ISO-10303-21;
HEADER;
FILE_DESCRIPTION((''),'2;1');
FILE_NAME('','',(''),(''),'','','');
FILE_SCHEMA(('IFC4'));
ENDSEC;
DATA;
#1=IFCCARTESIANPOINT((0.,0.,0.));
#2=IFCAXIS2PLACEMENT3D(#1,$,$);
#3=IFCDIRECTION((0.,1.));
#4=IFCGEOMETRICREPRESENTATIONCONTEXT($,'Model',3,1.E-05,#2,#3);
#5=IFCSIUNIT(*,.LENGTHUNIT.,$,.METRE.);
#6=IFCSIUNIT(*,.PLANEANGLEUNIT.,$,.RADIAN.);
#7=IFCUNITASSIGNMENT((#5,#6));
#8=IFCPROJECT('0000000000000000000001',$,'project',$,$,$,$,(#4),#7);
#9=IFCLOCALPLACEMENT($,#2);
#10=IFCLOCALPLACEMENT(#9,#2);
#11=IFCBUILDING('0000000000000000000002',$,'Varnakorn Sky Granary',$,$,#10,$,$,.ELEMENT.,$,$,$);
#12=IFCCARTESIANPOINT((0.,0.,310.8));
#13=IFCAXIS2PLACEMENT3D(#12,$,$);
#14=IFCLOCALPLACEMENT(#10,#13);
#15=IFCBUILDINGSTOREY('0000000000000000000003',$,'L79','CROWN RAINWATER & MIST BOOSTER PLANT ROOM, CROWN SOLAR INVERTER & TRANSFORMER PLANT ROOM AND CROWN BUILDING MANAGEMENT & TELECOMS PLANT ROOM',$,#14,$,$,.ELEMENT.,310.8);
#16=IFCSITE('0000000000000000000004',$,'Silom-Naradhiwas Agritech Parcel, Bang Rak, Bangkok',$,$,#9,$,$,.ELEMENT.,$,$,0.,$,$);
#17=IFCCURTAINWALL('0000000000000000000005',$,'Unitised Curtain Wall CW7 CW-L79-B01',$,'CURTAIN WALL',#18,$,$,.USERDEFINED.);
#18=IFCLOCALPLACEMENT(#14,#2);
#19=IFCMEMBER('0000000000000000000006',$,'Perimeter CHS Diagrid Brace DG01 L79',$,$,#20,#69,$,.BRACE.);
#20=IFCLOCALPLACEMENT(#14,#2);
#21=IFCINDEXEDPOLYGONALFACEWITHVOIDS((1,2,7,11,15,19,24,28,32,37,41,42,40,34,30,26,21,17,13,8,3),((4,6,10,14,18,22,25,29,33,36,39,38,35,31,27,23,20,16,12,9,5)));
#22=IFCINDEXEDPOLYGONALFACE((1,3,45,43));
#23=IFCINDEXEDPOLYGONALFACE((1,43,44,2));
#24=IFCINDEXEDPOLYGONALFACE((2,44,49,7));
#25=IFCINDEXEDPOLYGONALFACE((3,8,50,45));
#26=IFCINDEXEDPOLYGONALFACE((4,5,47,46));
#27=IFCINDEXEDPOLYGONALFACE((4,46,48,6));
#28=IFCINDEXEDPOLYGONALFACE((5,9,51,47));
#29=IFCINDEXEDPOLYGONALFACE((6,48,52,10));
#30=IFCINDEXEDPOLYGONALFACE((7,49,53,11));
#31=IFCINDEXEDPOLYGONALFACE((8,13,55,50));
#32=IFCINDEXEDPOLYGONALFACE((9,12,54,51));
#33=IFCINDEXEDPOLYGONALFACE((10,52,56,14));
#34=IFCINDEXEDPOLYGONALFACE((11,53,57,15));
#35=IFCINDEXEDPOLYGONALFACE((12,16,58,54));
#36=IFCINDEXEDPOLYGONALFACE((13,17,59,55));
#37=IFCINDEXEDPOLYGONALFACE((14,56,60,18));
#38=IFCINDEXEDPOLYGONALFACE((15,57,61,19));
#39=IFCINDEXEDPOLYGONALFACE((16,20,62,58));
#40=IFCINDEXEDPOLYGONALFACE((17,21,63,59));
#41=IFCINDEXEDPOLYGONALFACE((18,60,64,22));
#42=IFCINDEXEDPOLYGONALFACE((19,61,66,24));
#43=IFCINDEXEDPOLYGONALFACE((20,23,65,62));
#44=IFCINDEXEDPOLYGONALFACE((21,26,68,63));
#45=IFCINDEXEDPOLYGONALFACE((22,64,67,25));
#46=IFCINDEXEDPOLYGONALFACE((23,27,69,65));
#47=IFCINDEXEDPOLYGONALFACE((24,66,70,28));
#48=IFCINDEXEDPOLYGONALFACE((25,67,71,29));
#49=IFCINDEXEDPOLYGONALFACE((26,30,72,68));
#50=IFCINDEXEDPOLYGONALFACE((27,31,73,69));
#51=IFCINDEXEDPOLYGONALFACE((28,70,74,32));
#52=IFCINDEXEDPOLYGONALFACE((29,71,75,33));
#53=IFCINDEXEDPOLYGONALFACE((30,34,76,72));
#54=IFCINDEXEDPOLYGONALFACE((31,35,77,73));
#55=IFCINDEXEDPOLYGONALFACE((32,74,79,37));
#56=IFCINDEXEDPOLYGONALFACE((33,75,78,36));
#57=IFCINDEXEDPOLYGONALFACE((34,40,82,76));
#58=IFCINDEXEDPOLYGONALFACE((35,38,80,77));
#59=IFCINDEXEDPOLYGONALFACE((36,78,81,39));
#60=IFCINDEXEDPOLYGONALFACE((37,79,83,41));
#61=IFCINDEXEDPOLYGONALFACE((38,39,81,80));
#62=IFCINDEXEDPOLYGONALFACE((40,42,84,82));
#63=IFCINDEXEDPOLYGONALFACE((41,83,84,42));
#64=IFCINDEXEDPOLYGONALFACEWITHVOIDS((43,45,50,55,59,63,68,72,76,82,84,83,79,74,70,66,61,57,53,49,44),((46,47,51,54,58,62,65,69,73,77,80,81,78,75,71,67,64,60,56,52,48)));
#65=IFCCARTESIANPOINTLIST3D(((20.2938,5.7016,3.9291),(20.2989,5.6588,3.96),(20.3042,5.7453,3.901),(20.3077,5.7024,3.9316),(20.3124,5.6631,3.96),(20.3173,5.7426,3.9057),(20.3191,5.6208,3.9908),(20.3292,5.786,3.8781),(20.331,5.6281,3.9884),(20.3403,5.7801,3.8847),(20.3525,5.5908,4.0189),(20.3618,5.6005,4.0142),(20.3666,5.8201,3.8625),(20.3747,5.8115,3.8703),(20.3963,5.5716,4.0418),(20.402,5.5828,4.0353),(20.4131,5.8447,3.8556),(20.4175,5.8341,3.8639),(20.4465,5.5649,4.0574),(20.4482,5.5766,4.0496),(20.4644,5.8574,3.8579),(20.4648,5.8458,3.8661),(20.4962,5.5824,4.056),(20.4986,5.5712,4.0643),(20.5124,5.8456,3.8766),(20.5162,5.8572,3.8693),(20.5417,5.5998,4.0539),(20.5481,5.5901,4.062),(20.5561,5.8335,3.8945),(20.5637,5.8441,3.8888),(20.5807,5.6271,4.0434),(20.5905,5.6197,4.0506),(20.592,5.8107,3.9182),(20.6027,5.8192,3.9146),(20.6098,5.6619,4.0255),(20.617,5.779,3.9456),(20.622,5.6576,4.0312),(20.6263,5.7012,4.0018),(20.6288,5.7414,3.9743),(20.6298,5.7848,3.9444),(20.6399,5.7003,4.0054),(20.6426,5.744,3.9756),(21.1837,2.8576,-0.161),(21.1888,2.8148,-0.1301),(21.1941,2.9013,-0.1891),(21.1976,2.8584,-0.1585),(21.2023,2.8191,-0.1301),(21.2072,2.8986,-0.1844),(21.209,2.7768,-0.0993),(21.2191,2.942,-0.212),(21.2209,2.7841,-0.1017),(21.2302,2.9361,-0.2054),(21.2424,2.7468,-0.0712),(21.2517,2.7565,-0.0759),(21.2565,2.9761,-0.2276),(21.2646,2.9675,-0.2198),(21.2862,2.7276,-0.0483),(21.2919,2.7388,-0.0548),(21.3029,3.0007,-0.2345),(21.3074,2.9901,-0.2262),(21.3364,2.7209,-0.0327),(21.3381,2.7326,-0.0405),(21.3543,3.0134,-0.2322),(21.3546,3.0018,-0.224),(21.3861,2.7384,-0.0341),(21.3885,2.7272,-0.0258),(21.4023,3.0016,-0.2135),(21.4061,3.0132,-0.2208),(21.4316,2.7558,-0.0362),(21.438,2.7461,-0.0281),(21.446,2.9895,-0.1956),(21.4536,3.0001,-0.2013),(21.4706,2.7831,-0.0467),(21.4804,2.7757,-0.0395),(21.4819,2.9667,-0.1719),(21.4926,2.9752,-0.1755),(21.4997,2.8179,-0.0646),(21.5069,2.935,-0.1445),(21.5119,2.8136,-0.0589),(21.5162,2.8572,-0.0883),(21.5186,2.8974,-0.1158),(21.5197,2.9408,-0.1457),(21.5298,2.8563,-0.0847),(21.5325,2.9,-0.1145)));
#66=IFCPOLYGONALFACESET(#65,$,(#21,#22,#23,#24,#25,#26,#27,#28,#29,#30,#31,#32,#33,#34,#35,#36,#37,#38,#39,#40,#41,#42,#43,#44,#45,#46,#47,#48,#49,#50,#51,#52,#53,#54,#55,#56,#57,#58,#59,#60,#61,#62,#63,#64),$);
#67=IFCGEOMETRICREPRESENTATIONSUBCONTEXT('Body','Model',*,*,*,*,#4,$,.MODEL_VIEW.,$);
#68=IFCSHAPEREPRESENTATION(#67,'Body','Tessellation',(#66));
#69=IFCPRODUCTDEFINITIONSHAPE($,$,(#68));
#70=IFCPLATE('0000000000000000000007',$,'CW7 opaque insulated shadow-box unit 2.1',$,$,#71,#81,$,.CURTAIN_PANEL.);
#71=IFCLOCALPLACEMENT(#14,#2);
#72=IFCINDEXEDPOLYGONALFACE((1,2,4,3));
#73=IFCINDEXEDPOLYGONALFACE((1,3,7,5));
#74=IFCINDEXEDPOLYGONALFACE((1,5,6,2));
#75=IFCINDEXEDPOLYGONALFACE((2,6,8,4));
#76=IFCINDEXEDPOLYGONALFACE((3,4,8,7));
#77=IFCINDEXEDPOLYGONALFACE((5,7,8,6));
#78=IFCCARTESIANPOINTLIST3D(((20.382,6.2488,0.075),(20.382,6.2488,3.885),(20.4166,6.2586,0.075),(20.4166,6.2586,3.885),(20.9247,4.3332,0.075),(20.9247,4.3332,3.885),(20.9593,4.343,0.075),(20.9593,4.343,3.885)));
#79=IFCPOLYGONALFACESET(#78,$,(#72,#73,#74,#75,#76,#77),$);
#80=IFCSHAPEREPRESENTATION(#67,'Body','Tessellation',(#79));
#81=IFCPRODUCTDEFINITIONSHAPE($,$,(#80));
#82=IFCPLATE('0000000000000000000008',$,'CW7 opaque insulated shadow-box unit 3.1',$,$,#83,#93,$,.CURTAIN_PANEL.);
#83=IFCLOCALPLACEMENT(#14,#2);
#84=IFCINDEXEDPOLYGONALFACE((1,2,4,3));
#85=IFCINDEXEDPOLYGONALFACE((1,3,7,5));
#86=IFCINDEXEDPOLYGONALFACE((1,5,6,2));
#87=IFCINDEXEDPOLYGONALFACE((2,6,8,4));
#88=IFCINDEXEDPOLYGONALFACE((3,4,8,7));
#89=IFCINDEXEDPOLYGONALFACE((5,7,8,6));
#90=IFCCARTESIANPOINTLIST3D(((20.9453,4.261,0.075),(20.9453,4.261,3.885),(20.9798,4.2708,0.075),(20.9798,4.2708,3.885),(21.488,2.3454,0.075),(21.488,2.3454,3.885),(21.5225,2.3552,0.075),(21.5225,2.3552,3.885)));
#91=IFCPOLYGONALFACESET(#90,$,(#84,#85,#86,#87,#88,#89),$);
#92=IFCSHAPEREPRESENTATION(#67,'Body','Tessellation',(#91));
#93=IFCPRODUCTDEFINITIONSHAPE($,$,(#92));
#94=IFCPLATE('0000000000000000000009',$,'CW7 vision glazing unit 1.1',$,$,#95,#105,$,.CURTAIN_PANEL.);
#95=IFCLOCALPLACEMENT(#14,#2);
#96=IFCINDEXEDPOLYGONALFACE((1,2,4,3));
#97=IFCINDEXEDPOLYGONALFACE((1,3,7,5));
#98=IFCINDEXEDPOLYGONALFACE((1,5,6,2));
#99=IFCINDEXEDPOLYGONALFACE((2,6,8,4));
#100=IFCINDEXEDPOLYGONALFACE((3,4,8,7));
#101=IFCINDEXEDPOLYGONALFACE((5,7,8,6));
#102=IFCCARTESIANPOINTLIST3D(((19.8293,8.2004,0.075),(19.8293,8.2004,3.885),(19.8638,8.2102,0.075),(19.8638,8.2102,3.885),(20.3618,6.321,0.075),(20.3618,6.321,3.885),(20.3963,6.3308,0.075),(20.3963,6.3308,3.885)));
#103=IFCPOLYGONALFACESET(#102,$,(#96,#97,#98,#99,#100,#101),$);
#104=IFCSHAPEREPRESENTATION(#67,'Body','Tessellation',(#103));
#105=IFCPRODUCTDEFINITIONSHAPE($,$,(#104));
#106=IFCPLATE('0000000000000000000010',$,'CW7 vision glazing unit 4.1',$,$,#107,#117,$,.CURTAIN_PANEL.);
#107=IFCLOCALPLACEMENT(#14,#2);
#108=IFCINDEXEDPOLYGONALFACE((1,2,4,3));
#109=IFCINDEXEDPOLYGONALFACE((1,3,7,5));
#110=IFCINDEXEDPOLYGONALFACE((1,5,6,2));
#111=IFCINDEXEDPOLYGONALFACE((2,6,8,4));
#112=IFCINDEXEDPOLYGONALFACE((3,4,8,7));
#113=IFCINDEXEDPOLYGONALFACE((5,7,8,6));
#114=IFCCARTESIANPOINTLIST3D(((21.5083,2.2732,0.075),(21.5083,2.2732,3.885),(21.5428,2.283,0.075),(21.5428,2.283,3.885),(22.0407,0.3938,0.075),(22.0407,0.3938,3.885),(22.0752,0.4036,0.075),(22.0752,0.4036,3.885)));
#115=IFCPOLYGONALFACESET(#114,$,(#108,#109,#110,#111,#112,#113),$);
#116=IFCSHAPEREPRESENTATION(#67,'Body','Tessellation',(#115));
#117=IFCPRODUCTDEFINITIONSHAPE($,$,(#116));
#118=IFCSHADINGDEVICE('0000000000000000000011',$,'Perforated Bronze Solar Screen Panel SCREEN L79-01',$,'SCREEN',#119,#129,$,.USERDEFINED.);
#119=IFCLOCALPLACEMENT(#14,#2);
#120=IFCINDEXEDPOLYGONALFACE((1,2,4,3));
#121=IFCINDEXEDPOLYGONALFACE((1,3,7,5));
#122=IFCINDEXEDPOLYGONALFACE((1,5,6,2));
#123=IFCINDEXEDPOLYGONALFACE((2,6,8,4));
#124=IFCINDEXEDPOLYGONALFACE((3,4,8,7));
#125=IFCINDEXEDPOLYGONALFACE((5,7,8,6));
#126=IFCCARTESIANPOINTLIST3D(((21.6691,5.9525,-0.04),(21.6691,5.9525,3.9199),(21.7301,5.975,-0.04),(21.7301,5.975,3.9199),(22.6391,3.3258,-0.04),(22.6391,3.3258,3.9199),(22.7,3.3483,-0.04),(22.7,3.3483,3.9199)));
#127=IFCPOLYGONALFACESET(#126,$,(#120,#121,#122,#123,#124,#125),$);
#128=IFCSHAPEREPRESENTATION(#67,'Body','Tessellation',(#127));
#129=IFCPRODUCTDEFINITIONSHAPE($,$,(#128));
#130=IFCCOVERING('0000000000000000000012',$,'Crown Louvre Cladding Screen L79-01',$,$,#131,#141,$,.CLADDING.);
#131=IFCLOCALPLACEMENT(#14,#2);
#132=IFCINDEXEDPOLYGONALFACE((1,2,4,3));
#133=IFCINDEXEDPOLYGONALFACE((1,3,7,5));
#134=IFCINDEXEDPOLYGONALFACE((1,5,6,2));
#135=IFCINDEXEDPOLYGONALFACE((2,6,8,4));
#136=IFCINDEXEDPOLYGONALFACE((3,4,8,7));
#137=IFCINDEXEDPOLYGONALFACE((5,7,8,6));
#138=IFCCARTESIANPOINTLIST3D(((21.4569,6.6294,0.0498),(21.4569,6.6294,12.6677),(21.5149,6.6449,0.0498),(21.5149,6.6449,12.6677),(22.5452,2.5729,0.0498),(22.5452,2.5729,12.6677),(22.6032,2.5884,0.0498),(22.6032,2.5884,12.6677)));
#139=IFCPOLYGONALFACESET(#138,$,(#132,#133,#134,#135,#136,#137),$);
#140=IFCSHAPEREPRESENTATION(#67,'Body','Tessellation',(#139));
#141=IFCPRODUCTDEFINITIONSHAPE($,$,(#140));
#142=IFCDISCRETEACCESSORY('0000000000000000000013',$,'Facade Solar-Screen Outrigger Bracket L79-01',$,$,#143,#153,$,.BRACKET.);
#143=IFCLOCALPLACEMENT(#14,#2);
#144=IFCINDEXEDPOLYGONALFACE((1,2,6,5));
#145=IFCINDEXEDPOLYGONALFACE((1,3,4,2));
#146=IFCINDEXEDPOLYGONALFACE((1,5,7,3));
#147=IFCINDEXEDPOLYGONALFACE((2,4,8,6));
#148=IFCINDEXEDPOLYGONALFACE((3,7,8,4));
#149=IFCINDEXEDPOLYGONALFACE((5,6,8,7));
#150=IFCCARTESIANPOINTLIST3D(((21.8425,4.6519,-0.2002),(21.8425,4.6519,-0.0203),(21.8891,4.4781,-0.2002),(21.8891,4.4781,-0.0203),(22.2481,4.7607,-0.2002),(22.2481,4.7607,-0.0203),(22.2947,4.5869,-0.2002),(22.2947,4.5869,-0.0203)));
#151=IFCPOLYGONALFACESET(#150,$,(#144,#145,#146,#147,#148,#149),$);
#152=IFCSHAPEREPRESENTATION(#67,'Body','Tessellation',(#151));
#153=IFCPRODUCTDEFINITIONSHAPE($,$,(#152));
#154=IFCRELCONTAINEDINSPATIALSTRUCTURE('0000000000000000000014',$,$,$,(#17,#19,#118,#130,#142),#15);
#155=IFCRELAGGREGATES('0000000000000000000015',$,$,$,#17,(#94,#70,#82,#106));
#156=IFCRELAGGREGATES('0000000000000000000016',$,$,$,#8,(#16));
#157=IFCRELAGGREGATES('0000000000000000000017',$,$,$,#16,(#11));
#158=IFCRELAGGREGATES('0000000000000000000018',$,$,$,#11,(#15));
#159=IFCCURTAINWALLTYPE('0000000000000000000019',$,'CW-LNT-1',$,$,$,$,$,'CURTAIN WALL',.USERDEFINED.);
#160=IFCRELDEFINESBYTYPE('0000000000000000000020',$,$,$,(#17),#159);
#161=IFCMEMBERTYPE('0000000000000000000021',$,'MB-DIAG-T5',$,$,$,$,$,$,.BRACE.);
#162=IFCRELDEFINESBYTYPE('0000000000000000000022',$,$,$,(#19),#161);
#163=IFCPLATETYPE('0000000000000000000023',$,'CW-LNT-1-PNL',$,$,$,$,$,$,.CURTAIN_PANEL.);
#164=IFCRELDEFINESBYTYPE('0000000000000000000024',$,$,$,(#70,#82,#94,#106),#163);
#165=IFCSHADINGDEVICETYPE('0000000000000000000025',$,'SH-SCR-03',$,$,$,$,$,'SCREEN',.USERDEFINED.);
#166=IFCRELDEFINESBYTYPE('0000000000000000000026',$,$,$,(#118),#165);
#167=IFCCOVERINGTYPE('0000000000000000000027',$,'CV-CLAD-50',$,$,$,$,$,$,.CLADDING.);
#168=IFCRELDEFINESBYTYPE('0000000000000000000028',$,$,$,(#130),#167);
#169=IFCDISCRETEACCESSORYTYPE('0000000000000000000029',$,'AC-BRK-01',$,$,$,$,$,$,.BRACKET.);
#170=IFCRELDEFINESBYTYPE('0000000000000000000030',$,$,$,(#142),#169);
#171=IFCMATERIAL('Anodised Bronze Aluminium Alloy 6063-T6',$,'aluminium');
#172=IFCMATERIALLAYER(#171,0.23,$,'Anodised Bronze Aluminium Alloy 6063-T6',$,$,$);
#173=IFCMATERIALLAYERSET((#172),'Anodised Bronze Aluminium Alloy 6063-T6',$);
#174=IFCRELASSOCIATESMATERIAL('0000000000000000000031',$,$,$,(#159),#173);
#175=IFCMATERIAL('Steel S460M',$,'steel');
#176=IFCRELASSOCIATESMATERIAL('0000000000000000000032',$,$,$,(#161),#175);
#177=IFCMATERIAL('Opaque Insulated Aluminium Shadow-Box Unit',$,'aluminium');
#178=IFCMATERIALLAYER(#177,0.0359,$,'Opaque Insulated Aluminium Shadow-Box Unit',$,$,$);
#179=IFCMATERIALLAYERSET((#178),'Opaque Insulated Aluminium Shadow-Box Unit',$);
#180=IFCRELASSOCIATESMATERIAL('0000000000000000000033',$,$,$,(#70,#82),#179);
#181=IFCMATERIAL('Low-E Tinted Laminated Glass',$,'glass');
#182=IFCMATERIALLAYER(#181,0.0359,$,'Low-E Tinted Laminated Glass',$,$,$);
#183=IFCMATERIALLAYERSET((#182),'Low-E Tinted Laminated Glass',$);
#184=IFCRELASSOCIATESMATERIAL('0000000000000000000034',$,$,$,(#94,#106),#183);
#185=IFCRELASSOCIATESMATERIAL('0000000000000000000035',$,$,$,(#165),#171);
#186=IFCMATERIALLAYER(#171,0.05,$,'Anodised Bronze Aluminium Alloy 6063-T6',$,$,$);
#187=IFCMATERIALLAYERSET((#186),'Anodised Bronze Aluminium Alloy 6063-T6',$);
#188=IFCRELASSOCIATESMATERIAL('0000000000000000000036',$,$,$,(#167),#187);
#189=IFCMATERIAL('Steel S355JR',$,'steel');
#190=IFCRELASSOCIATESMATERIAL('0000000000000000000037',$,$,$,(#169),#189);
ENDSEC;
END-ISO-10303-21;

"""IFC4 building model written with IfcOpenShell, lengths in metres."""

from ifc_helpers import new_model, si_unit, direction, frame, origin, origin_2d, place, context, subcontext, project, spatial, rectangle, hollow_circle, extrude, source, transform, mapped, material, layer, layer_set, material_profile, profile_set, type_object, type_shapes, element, aggregate, save


model = new_model("IFC4")

# Units and contexts
model_context = context("Model", 3, precision=1e-05, world=origin(), true_north=direction((0.0, 1.0)))
body_context = subcontext(model_context, "Body", "Model", "MODEL_VIEW")
ifc_project = project(units=[si_unit("LENGTHUNIT", "METRE"), si_unit("PLANEANGLEUNIT", "RADIAN")], contexts=[model_context])

# Site, building, storey
site_placement = place(None, origin())
site = spatial("IfcSite", under=ifc_project, at=site_placement, Name="Silom-Naradhiwas Agritech Parcel, Bang Rak, Bangkok", CompositionType="ELEMENT", RefElevation=0.0)
building_placement = place(site_placement, origin())
building = spatial("IfcBuilding", under=site, at=building_placement, Name="Varnakorn Sky Granary", CompositionType="ELEMENT")
storey_placement = place(building_placement, frame((0.0, 0.0, 310.8)))
storey = spatial("IfcBuildingStorey", under=building, at=storey_placement, Name="L79", Description="CROWN RAINWATER & MIST BOOSTER PLANT ROOM, CROWN SOLAR INVERTER & TRANSFORMER PLANT ROOM AND CROWN BUILDING MANAGEMENT & TELECOMS PLANT ROOM", CompositionType="ELEMENT", Elevation=310.8)

# Shared definitions
ifc_material_1 = material(Name="Steel S460M", Category="steel")

# Shared definitions
ifc_material_2 = material(Name="Steel S355JR", Category="steel")

# Curtain wall
ifc_material_3 = material(Name="Anodised Bronze Aluminium Alloy 6063-T6", Category="aluminium")
ifc_layer_1 = layer(ifc_material_3, 0.23, Name="Anodised Bronze Aluminium Alloy 6063-T6")
ifc_layer_set_1 = layer_set([ifc_layer_1], Name="Anodised Bronze Aluminium Alloy 6063-T6")
curtain_wall_type = type_object("IfcCurtainWallType", Name="CW-LNT-1", ElementType="CURTAIN WALL", PredefinedType="USERDEFINED", material=ifc_layer_set_1)
curtain_wall_1_placement = place(storey_placement, origin())
curtain_wall_1 = element("IfcCurtainWall", 1, at=curtain_wall_1_placement, inside=storey, type_object=curtain_wall_type, Name="Unitised Curtain Wall CW7 CW-L79-B01", ObjectType="CURTAIN WALL", PredefinedType="USERDEFINED")

# Member
ifc_material_profile_1 = material_profile(ifc_material_1, hollow_circle(Radius=0.1777, WallThickness=0.0142, at=origin_2d()), Name="CHS 355.6x14")
ifc_profile_set_1 = profile_set([ifc_material_profile_1], Name="Steel S460M")
member_type_1 = type_object("IfcMemberType", Name="MB-DIAG-T5", PredefinedType="BRACE", material=ifc_profile_set_1)
member_1_placement = place(storey_placement, frame((21.3584, 2.8679, -0.1301), z_axis=(-0.175849, 0.561995, 0.808232), x_axis=(-0.954371, -0.298625, 0.0)))
element("IfcMember", 2, at=member_1_placement, inside=storey, type_object=member_type_1, Name="Perimeter CHS Diagrid Brace DG01 L79", PredefinedType="BRACE", context=body_context, shape_type="SweptSolid", body=[
    extrude(hollow_circle(Radius=0.1777, WallThickness=0.0142, at=origin_2d()), origin(), (0.0, 0.0, 1.0), 5.0605),
])

# Plates
ifc_material_4 = material(Name="Opaque Insulated Aluminium Shadow-Box Unit", Category="aluminium")
ifc_layer_2 = layer(ifc_material_4, 0.0359, Name="Opaque Insulated Aluminium Shadow-Box Unit")
ifc_layer_set_2 = layer_set([ifc_layer_2], Name="Opaque Insulated Aluminium Shadow-Box Unit")
plate_type = type_object("IfcPlateType", Name="CW-LNT-1-PNL", PredefinedType="CURTAIN_PANEL")
shared_shape_1 = source(origin(), body_context, "Body", "SweptSolid", [
    extrude(rectangle(XDim=1.991, YDim=0.0359, at=origin_2d()), origin(), (0.0, 0.0, 1.0), 3.8101),
])
plate_1_placement = place(storey_placement, frame((20.6707, 5.2959, 0.075), z_axis=(0.0, 0.0, 1.0), x_axis=(0.272577, -0.962134, 0.0)))
plate_1 = element("IfcPlate", 3, at=plate_1_placement, type_object=plate_type, material=ifc_layer_set_2, Name="CW7 opaque insulated shadow-box unit 2.1", PredefinedType="CURTAIN_PANEL", context=body_context, shape_type="MappedRepresentation", body=[
    mapped(shared_shape_1, transform((0.0, 0.0, 0.0), x_axis=(1.0, 0.0, 0.0), y_axis=(0.0, 1.0, 0.0), z_axis=(0.0, 0.0, 1.0), scale=1.0)),
])
plate_2_placement = place(storey_placement, frame((21.2339, 3.3081, 0.075), z_axis=(0.0, 0.0, 1.0), x_axis=(0.272577, -0.962134, 0.0)))
plate_2 = element("IfcPlate", 4, at=plate_2_placement, type_object=plate_type, material=ifc_layer_set_2, Name="CW7 opaque insulated shadow-box unit 3.1", PredefinedType="CURTAIN_PANEL", context=body_context, shape_type="MappedRepresentation", body=[
    mapped(shared_shape_1, transform((0.0, 0.0, 0.0), x_axis=(1.0, 0.0, 0.0), y_axis=(0.0, 1.0, 0.0), z_axis=(0.0, 0.0, 1.0), scale=1.0)),
])
ifc_material_5 = material(Name="Low-E Tinted Laminated Glass", Category="glass")
ifc_layer_3 = layer(ifc_material_5, 0.0359, Name="Low-E Tinted Laminated Glass")
ifc_layer_set_3 = layer_set([ifc_layer_3], Name="Low-E Tinted Laminated Glass")
shared_shape_2 = source(origin(), body_context, "Body", "SweptSolid", [
    extrude(rectangle(XDim=1.9534, YDim=0.0359, at=origin_2d()), origin(), (0.0, 0.0, 1.0), 3.8101),
])
type_shapes(plate_type, [shared_shape_1, shared_shape_2])
plate_3_placement = place(storey_placement, frame((20.1128, 7.2656, 0.075), z_axis=(0.0, 0.0, 1.0), x_axis=(0.272577, -0.962134, 0.0)))
plate_3 = element("IfcPlate", 5, at=plate_3_placement, type_object=plate_type, material=ifc_layer_set_3, Name="CW7 vision glazing unit 1.1", PredefinedType="CURTAIN_PANEL", context=body_context, shape_type="MappedRepresentation", body=[
    mapped(shared_shape_2, transform((0.0, 0.0, 0.0), x_axis=(1.0, 0.0, 0.0), y_axis=(0.0, 1.0, 0.0), z_axis=(0.0, 0.0, 1.0), scale=1.0)),
])
plate_4_placement = place(storey_placement, frame((21.7917, 1.3384, 0.075), z_axis=(0.0, 0.0, 1.0), x_axis=(0.272577, -0.962134, 0.0)))
plate_4 = element("IfcPlate", 6, at=plate_4_placement, type_object=plate_type, material=ifc_layer_set_3, Name="CW7 vision glazing unit 4.1", PredefinedType="CURTAIN_PANEL", context=body_context, shape_type="MappedRepresentation", body=[
    mapped(shared_shape_2, transform((0.0, 0.0, 0.0), x_axis=(1.0, 0.0, 0.0), y_axis=(0.0, 1.0, 0.0), z_axis=(0.0, 0.0, 1.0), scale=1.0)),
])
aggregate(curtain_wall_1, [plate_3, plate_1, plate_2, plate_4])

# Shading device
shading_device_type = type_object("IfcShadingDeviceType", Name="SH-SCR-03", ElementType="SCREEN", PredefinedType="USERDEFINED", material=ifc_material_3)
shared_shape_3 = source(origin(), body_context, "Body", "SweptSolid", [
    extrude(rectangle(XDim=2.8, YDim=0.0649, at=origin_2d()), origin(), (0.0, 0.0, 1.0), 3.96),
])
type_shapes(shading_device_type, [shared_shape_3])
shading_device_placement = place(storey_placement, frame((22.1846, 4.6504, -0.04), z_axis=(0.0, 0.0, 1.0), x_axis=(-0.346406, 0.938085, 0.0)))
element("IfcShadingDevice", 7, at=shading_device_placement, inside=storey, type_object=shading_device_type, Name="Perforated Bronze Solar Screen Panel SCREEN L79-01", ObjectType="SCREEN", PredefinedType="USERDEFINED", context=body_context, shape_type="MappedRepresentation", body=[
    mapped(shared_shape_3, transform((0.0, 0.0, 0.0), x_axis=(1.0, 0.0, 0.0), y_axis=(0.0, 1.0, 0.0), z_axis=(0.0, 0.0, 1.0), scale=1.0)),
])

# Covering
ifc_layer_4 = layer(ifc_material_3, 0.05, Name="Anodised Bronze Aluminium Alloy 6063-T6")
ifc_layer_set_4 = layer_set([ifc_layer_4], Name="Anodised Bronze Aluminium Alloy 6063-T6")
covering_type = type_object("IfcCoveringType", Name="CV-CLAD-50", PredefinedType="CLADDING", material=ifc_layer_set_4)
shared_shape_4 = source(origin(), body_context, "Body", "SweptSolid", [
    extrude(rectangle(XDim=4.2, YDim=0.0601, at=origin_2d()), origin(), (0.0, 0.0, 1.0), 12.6179),
])
type_shapes(covering_type, [shared_shape_4])
covering_placement = place(storey_placement, frame((22.03, 4.6089, 0.0498), z_axis=(0.0, 0.0, 1.0), x_axis=(-0.259116, 0.965846, 0.0)))
element("IfcCovering", 8, at=covering_placement, inside=storey, type_object=covering_type, Name="Crown Louvre Cladding Screen L79-01", PredefinedType="CLADDING", context=body_context, shape_type="MappedRepresentation", body=[
    mapped(shared_shape_4, transform((0.0, 0.0, 0.0), x_axis=(1.0, 0.0, 0.0), y_axis=(0.0, 1.0, 0.0), z_axis=(0.0, 0.0, 1.0), scale=1.0)),
])

# Discrete accessory
discrete_accessory_type = type_object("IfcDiscreteAccessoryType", Name="AC-BRK-01", PredefinedType="BRACKET", material=ifc_material_2)
shared_shape_5 = source(origin(), body_context, "Body", "SweptSolid", [
    extrude(rectangle(XDim=0.1799, YDim=0.4199, at=origin_2d()), origin(), (0.0, 0.0, 1.0), 0.1799),
])
type_shapes(discrete_accessory_type, [shared_shape_5])
discrete_accessory_placement = place(storey_placement, frame((22.0686, 4.6194, -0.2002), z_axis=(0.0, 0.0, 1.0), x_axis=(-0.259116, 0.965846, 0.0)))
element("IfcDiscreteAccessory", 9, at=discrete_accessory_placement, inside=storey, type_object=discrete_accessory_type, Name="Facade Solar-Screen Outrigger Bracket L79-01", PredefinedType="BRACKET", context=body_context, shape_type="MappedRepresentation", body=[
    mapped(shared_shape_5, transform((0.0, 0.0, 0.0), x_axis=(1.0, 0.0, 0.0), y_axis=(0.0, 1.0, 0.0), z_axis=(0.0, 0.0, 1.0), scale=1.0)),
])

save(model, "model.ifc")
